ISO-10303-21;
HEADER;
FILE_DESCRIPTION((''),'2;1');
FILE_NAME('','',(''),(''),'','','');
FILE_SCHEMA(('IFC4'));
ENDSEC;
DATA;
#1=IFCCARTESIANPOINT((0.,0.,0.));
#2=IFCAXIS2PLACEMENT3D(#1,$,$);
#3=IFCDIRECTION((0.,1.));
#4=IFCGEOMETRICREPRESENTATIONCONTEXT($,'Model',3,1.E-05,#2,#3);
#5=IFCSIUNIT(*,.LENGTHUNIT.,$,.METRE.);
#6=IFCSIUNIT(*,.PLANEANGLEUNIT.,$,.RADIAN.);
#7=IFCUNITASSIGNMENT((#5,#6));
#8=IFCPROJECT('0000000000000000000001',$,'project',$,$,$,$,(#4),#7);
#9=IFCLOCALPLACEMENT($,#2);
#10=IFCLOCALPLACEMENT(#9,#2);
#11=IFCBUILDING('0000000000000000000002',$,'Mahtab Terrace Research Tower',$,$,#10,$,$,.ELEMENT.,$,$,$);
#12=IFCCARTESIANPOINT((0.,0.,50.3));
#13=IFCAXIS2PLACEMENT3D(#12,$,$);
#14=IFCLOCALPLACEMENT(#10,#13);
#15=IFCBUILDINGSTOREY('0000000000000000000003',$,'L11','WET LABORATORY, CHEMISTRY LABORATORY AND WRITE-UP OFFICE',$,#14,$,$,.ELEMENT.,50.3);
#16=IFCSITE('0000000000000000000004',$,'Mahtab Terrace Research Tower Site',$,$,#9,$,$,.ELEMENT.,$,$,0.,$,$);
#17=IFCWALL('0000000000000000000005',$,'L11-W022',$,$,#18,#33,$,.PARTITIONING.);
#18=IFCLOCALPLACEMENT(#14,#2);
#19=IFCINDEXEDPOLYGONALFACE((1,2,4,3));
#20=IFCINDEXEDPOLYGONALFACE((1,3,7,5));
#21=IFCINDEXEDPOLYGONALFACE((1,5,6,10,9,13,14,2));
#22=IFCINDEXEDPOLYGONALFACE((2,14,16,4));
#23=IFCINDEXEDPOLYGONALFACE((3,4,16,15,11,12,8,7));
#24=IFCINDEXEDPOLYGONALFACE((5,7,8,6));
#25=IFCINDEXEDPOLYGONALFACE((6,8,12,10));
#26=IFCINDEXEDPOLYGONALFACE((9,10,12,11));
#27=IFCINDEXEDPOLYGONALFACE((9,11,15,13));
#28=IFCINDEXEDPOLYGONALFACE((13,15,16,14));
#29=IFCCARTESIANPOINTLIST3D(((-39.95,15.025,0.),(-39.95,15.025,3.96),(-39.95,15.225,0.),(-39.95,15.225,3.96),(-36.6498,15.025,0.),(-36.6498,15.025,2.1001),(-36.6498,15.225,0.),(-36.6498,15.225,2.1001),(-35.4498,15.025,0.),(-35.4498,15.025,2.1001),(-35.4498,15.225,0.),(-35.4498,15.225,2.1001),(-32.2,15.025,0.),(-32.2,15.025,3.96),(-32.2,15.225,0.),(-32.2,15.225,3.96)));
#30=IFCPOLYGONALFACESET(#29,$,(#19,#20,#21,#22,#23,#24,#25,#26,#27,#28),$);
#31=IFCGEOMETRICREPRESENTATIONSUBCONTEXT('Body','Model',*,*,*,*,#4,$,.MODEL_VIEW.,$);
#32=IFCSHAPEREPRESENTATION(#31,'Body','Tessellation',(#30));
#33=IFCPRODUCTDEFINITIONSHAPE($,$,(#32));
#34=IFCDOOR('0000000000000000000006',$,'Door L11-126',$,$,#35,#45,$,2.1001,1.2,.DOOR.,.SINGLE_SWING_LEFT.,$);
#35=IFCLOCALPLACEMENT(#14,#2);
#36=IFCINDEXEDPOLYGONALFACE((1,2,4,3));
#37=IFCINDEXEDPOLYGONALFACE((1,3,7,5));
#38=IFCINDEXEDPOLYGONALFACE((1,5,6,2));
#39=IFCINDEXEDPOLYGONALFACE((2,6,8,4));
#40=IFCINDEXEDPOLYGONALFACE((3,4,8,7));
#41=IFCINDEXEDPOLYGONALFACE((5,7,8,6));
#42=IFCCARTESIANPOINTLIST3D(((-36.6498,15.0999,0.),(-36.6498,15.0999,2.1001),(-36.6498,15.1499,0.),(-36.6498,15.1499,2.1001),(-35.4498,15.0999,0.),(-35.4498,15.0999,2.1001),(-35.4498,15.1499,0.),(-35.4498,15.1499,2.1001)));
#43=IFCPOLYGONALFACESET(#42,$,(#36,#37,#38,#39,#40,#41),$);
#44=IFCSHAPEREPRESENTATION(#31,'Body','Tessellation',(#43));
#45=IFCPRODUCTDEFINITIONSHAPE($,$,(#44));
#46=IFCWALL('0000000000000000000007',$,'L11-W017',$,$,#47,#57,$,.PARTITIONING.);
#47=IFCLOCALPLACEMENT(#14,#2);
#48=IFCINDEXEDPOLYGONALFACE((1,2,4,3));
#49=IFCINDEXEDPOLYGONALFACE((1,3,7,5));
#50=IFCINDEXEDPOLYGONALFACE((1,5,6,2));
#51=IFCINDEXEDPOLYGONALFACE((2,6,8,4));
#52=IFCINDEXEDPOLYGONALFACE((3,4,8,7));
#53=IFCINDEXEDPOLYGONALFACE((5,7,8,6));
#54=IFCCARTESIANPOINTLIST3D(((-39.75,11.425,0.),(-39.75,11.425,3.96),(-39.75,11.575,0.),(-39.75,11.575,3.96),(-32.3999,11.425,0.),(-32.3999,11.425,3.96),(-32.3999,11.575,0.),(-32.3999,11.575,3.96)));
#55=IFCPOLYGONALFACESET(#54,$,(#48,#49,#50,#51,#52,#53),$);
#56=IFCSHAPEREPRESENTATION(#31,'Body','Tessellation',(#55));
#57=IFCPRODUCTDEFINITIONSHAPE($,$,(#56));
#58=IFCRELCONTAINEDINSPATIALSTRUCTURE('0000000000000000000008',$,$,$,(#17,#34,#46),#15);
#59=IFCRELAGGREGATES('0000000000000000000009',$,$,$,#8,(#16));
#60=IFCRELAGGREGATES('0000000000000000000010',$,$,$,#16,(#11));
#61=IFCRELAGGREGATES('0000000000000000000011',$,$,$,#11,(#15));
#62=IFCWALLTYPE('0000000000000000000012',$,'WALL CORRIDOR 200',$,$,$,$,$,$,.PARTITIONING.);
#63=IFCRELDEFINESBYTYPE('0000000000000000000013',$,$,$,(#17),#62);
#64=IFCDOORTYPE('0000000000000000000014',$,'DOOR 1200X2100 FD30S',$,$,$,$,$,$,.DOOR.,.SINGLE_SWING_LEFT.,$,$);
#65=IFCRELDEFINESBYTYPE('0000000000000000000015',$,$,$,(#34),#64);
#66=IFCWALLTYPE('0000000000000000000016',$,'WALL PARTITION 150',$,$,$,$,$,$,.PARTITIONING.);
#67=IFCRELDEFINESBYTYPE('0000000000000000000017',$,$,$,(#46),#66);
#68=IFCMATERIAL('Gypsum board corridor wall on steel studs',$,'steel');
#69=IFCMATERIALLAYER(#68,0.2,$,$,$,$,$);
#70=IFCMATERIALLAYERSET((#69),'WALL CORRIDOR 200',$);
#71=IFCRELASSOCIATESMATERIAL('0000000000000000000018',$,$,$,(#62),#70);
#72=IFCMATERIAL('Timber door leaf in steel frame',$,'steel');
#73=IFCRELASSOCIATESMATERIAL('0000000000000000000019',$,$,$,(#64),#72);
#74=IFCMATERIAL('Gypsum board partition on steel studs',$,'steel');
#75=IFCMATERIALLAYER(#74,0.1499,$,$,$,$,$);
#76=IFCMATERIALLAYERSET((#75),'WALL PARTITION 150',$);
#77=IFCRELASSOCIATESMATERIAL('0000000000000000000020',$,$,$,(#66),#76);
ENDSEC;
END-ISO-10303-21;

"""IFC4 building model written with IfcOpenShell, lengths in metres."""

from ifc_helpers import new_model, si_unit, direction, frame, frame_2d, origin, place, context, subcontext, project, spatial, rectangle, extrude, material, layer, layer_set, type_object, element, fill, save


model = new_model("IFC4")

# Units and contexts
model_context = context("Model", 3, precision=1e-05, world=origin(), true_north=direction((0.0, 1.0)))
body_context = subcontext(model_context, "Body", "Model", "MODEL_VIEW")
ifc_project = project(units=[si_unit("LENGTHUNIT", "METRE"), si_unit("PLANEANGLEUNIT", "RADIAN")], contexts=[model_context])

# Site, building, storey
site_placement = place(None, origin())
site = spatial("IfcSite", under=ifc_project, at=site_placement, Name="Mahtab Terrace Research Tower Site", CompositionType="ELEMENT", RefElevation=0.0)
building_placement = place(site_placement, origin())
building = spatial("IfcBuilding", under=site, at=building_placement, Name="Mahtab Terrace Research Tower", CompositionType="ELEMENT")
storey_placement = place(building_placement, frame((0.0, 0.0, 50.3)))
storey = spatial("IfcBuildingStorey", under=building, at=storey_placement, Name="L11", Description="WET LABORATORY, CHEMISTRY LABORATORY AND WRITE-UP OFFICE", CompositionType="ELEMENT", Elevation=50.3)

# Wall, opening, door
ifc_material_1 = material(Name="Gypsum board corridor wall on steel studs", Category="steel")
ifc_layer_1 = layer(ifc_material_1, 0.2)
ifc_layer_set_1 = layer_set([ifc_layer_1], Name="WALL CORRIDOR 200")
wall_type_1 = type_object("IfcWallType", Name="WALL CORRIDOR 200", PredefinedType="PARTITIONING", material=ifc_layer_set_1)
wall_1_placement = place(storey_placement, frame((-39.95, 15.125, 0.0), z_axis=(0.0, 0.0, 1.0), x_axis=(1.0, 0.0, 0.0)))
wall_1 = element("IfcWall", 1, at=wall_1_placement, inside=storey, type_object=wall_type_1, Name="L11-W022", PredefinedType="PARTITIONING", context=body_context, shape_type="SweptSolid", body=[
    extrude(rectangle(XDim=7.75, YDim=0.2, at=frame_2d((3.875, 0.0))), origin(), (0.0, 0.0, 1.0), 3.96),
])
opening_placement = place(wall_1_placement, frame((3.3, 0.0, 0.0)))
opening = element("IfcOpeningElement", 2, at=opening_placement, cuts=wall_1, PredefinedType="OPENING", context=body_context, shape_type="SweptSolid", body=[
    extrude(rectangle(XDim=1.2, YDim=2.1001, at=frame_2d((0.6001, 1.05))), frame((0.0, 0.1099, 0.0), z_axis=(0.0, -1.0, 0.0), x_axis=(1.0, 0.0, 0.0)), (0.0, 0.0, 1.0), 0.22),
])
ifc_material_2 = material(Name="Timber door leaf in steel frame", Category="steel")
door_type = type_object("IfcDoorType", Name="DOOR 1200X2100 FD30S", OperationType="SINGLE_SWING_LEFT", PredefinedType="DOOR", material=ifc_material_2)
door_placement = place(opening_placement, origin())
door = element("IfcDoor", 3, at=door_placement, inside=storey, type_object=door_type, Name="Door L11-126", OperationType="SINGLE_SWING_LEFT", OverallHeight=2.1001, OverallWidth=1.2, PredefinedType="DOOR", context=body_context, shape_type="SweptSolid", body=[
    extrude(rectangle(XDim=1.2, YDim=2.1001, at=frame_2d((0.6001, 1.05))), frame((0.0, 0.0249, 0.0), z_axis=(0.0, -1.0, 0.0), x_axis=(1.0, 0.0, 0.0)), (0.0, 0.0, 1.0), 0.05),
])
fill(opening, door)

# Wall
ifc_material_3 = material(Name="Gypsum board partition on steel studs", Category="steel")
ifc_layer_2 = layer(ifc_material_3, 0.1499)
ifc_layer_set_2 = layer_set([ifc_layer_2], Name="WALL PARTITION 150")
wall_type_2 = type_object("IfcWallType", Name="WALL PARTITION 150", PredefinedType="PARTITIONING", material=ifc_layer_set_2)
wall_2_placement = place(storey_placement, frame((-39.75, 11.5, 0.0), z_axis=(0.0, 0.0, 1.0), x_axis=(1.0, 0.0, 0.0)))
element("IfcWall", 4, at=wall_2_placement, inside=storey, type_object=wall_type_2, Name="L11-W017", PredefinedType="PARTITIONING", context=body_context, shape_type="SweptSolid", body=[
    extrude(rectangle(XDim=7.3501, YDim=0.1499, at=frame_2d((3.675, 0.0))), origin(), (0.0, 0.0, 1.0), 3.96),
])

save(model, "model.ifc")
